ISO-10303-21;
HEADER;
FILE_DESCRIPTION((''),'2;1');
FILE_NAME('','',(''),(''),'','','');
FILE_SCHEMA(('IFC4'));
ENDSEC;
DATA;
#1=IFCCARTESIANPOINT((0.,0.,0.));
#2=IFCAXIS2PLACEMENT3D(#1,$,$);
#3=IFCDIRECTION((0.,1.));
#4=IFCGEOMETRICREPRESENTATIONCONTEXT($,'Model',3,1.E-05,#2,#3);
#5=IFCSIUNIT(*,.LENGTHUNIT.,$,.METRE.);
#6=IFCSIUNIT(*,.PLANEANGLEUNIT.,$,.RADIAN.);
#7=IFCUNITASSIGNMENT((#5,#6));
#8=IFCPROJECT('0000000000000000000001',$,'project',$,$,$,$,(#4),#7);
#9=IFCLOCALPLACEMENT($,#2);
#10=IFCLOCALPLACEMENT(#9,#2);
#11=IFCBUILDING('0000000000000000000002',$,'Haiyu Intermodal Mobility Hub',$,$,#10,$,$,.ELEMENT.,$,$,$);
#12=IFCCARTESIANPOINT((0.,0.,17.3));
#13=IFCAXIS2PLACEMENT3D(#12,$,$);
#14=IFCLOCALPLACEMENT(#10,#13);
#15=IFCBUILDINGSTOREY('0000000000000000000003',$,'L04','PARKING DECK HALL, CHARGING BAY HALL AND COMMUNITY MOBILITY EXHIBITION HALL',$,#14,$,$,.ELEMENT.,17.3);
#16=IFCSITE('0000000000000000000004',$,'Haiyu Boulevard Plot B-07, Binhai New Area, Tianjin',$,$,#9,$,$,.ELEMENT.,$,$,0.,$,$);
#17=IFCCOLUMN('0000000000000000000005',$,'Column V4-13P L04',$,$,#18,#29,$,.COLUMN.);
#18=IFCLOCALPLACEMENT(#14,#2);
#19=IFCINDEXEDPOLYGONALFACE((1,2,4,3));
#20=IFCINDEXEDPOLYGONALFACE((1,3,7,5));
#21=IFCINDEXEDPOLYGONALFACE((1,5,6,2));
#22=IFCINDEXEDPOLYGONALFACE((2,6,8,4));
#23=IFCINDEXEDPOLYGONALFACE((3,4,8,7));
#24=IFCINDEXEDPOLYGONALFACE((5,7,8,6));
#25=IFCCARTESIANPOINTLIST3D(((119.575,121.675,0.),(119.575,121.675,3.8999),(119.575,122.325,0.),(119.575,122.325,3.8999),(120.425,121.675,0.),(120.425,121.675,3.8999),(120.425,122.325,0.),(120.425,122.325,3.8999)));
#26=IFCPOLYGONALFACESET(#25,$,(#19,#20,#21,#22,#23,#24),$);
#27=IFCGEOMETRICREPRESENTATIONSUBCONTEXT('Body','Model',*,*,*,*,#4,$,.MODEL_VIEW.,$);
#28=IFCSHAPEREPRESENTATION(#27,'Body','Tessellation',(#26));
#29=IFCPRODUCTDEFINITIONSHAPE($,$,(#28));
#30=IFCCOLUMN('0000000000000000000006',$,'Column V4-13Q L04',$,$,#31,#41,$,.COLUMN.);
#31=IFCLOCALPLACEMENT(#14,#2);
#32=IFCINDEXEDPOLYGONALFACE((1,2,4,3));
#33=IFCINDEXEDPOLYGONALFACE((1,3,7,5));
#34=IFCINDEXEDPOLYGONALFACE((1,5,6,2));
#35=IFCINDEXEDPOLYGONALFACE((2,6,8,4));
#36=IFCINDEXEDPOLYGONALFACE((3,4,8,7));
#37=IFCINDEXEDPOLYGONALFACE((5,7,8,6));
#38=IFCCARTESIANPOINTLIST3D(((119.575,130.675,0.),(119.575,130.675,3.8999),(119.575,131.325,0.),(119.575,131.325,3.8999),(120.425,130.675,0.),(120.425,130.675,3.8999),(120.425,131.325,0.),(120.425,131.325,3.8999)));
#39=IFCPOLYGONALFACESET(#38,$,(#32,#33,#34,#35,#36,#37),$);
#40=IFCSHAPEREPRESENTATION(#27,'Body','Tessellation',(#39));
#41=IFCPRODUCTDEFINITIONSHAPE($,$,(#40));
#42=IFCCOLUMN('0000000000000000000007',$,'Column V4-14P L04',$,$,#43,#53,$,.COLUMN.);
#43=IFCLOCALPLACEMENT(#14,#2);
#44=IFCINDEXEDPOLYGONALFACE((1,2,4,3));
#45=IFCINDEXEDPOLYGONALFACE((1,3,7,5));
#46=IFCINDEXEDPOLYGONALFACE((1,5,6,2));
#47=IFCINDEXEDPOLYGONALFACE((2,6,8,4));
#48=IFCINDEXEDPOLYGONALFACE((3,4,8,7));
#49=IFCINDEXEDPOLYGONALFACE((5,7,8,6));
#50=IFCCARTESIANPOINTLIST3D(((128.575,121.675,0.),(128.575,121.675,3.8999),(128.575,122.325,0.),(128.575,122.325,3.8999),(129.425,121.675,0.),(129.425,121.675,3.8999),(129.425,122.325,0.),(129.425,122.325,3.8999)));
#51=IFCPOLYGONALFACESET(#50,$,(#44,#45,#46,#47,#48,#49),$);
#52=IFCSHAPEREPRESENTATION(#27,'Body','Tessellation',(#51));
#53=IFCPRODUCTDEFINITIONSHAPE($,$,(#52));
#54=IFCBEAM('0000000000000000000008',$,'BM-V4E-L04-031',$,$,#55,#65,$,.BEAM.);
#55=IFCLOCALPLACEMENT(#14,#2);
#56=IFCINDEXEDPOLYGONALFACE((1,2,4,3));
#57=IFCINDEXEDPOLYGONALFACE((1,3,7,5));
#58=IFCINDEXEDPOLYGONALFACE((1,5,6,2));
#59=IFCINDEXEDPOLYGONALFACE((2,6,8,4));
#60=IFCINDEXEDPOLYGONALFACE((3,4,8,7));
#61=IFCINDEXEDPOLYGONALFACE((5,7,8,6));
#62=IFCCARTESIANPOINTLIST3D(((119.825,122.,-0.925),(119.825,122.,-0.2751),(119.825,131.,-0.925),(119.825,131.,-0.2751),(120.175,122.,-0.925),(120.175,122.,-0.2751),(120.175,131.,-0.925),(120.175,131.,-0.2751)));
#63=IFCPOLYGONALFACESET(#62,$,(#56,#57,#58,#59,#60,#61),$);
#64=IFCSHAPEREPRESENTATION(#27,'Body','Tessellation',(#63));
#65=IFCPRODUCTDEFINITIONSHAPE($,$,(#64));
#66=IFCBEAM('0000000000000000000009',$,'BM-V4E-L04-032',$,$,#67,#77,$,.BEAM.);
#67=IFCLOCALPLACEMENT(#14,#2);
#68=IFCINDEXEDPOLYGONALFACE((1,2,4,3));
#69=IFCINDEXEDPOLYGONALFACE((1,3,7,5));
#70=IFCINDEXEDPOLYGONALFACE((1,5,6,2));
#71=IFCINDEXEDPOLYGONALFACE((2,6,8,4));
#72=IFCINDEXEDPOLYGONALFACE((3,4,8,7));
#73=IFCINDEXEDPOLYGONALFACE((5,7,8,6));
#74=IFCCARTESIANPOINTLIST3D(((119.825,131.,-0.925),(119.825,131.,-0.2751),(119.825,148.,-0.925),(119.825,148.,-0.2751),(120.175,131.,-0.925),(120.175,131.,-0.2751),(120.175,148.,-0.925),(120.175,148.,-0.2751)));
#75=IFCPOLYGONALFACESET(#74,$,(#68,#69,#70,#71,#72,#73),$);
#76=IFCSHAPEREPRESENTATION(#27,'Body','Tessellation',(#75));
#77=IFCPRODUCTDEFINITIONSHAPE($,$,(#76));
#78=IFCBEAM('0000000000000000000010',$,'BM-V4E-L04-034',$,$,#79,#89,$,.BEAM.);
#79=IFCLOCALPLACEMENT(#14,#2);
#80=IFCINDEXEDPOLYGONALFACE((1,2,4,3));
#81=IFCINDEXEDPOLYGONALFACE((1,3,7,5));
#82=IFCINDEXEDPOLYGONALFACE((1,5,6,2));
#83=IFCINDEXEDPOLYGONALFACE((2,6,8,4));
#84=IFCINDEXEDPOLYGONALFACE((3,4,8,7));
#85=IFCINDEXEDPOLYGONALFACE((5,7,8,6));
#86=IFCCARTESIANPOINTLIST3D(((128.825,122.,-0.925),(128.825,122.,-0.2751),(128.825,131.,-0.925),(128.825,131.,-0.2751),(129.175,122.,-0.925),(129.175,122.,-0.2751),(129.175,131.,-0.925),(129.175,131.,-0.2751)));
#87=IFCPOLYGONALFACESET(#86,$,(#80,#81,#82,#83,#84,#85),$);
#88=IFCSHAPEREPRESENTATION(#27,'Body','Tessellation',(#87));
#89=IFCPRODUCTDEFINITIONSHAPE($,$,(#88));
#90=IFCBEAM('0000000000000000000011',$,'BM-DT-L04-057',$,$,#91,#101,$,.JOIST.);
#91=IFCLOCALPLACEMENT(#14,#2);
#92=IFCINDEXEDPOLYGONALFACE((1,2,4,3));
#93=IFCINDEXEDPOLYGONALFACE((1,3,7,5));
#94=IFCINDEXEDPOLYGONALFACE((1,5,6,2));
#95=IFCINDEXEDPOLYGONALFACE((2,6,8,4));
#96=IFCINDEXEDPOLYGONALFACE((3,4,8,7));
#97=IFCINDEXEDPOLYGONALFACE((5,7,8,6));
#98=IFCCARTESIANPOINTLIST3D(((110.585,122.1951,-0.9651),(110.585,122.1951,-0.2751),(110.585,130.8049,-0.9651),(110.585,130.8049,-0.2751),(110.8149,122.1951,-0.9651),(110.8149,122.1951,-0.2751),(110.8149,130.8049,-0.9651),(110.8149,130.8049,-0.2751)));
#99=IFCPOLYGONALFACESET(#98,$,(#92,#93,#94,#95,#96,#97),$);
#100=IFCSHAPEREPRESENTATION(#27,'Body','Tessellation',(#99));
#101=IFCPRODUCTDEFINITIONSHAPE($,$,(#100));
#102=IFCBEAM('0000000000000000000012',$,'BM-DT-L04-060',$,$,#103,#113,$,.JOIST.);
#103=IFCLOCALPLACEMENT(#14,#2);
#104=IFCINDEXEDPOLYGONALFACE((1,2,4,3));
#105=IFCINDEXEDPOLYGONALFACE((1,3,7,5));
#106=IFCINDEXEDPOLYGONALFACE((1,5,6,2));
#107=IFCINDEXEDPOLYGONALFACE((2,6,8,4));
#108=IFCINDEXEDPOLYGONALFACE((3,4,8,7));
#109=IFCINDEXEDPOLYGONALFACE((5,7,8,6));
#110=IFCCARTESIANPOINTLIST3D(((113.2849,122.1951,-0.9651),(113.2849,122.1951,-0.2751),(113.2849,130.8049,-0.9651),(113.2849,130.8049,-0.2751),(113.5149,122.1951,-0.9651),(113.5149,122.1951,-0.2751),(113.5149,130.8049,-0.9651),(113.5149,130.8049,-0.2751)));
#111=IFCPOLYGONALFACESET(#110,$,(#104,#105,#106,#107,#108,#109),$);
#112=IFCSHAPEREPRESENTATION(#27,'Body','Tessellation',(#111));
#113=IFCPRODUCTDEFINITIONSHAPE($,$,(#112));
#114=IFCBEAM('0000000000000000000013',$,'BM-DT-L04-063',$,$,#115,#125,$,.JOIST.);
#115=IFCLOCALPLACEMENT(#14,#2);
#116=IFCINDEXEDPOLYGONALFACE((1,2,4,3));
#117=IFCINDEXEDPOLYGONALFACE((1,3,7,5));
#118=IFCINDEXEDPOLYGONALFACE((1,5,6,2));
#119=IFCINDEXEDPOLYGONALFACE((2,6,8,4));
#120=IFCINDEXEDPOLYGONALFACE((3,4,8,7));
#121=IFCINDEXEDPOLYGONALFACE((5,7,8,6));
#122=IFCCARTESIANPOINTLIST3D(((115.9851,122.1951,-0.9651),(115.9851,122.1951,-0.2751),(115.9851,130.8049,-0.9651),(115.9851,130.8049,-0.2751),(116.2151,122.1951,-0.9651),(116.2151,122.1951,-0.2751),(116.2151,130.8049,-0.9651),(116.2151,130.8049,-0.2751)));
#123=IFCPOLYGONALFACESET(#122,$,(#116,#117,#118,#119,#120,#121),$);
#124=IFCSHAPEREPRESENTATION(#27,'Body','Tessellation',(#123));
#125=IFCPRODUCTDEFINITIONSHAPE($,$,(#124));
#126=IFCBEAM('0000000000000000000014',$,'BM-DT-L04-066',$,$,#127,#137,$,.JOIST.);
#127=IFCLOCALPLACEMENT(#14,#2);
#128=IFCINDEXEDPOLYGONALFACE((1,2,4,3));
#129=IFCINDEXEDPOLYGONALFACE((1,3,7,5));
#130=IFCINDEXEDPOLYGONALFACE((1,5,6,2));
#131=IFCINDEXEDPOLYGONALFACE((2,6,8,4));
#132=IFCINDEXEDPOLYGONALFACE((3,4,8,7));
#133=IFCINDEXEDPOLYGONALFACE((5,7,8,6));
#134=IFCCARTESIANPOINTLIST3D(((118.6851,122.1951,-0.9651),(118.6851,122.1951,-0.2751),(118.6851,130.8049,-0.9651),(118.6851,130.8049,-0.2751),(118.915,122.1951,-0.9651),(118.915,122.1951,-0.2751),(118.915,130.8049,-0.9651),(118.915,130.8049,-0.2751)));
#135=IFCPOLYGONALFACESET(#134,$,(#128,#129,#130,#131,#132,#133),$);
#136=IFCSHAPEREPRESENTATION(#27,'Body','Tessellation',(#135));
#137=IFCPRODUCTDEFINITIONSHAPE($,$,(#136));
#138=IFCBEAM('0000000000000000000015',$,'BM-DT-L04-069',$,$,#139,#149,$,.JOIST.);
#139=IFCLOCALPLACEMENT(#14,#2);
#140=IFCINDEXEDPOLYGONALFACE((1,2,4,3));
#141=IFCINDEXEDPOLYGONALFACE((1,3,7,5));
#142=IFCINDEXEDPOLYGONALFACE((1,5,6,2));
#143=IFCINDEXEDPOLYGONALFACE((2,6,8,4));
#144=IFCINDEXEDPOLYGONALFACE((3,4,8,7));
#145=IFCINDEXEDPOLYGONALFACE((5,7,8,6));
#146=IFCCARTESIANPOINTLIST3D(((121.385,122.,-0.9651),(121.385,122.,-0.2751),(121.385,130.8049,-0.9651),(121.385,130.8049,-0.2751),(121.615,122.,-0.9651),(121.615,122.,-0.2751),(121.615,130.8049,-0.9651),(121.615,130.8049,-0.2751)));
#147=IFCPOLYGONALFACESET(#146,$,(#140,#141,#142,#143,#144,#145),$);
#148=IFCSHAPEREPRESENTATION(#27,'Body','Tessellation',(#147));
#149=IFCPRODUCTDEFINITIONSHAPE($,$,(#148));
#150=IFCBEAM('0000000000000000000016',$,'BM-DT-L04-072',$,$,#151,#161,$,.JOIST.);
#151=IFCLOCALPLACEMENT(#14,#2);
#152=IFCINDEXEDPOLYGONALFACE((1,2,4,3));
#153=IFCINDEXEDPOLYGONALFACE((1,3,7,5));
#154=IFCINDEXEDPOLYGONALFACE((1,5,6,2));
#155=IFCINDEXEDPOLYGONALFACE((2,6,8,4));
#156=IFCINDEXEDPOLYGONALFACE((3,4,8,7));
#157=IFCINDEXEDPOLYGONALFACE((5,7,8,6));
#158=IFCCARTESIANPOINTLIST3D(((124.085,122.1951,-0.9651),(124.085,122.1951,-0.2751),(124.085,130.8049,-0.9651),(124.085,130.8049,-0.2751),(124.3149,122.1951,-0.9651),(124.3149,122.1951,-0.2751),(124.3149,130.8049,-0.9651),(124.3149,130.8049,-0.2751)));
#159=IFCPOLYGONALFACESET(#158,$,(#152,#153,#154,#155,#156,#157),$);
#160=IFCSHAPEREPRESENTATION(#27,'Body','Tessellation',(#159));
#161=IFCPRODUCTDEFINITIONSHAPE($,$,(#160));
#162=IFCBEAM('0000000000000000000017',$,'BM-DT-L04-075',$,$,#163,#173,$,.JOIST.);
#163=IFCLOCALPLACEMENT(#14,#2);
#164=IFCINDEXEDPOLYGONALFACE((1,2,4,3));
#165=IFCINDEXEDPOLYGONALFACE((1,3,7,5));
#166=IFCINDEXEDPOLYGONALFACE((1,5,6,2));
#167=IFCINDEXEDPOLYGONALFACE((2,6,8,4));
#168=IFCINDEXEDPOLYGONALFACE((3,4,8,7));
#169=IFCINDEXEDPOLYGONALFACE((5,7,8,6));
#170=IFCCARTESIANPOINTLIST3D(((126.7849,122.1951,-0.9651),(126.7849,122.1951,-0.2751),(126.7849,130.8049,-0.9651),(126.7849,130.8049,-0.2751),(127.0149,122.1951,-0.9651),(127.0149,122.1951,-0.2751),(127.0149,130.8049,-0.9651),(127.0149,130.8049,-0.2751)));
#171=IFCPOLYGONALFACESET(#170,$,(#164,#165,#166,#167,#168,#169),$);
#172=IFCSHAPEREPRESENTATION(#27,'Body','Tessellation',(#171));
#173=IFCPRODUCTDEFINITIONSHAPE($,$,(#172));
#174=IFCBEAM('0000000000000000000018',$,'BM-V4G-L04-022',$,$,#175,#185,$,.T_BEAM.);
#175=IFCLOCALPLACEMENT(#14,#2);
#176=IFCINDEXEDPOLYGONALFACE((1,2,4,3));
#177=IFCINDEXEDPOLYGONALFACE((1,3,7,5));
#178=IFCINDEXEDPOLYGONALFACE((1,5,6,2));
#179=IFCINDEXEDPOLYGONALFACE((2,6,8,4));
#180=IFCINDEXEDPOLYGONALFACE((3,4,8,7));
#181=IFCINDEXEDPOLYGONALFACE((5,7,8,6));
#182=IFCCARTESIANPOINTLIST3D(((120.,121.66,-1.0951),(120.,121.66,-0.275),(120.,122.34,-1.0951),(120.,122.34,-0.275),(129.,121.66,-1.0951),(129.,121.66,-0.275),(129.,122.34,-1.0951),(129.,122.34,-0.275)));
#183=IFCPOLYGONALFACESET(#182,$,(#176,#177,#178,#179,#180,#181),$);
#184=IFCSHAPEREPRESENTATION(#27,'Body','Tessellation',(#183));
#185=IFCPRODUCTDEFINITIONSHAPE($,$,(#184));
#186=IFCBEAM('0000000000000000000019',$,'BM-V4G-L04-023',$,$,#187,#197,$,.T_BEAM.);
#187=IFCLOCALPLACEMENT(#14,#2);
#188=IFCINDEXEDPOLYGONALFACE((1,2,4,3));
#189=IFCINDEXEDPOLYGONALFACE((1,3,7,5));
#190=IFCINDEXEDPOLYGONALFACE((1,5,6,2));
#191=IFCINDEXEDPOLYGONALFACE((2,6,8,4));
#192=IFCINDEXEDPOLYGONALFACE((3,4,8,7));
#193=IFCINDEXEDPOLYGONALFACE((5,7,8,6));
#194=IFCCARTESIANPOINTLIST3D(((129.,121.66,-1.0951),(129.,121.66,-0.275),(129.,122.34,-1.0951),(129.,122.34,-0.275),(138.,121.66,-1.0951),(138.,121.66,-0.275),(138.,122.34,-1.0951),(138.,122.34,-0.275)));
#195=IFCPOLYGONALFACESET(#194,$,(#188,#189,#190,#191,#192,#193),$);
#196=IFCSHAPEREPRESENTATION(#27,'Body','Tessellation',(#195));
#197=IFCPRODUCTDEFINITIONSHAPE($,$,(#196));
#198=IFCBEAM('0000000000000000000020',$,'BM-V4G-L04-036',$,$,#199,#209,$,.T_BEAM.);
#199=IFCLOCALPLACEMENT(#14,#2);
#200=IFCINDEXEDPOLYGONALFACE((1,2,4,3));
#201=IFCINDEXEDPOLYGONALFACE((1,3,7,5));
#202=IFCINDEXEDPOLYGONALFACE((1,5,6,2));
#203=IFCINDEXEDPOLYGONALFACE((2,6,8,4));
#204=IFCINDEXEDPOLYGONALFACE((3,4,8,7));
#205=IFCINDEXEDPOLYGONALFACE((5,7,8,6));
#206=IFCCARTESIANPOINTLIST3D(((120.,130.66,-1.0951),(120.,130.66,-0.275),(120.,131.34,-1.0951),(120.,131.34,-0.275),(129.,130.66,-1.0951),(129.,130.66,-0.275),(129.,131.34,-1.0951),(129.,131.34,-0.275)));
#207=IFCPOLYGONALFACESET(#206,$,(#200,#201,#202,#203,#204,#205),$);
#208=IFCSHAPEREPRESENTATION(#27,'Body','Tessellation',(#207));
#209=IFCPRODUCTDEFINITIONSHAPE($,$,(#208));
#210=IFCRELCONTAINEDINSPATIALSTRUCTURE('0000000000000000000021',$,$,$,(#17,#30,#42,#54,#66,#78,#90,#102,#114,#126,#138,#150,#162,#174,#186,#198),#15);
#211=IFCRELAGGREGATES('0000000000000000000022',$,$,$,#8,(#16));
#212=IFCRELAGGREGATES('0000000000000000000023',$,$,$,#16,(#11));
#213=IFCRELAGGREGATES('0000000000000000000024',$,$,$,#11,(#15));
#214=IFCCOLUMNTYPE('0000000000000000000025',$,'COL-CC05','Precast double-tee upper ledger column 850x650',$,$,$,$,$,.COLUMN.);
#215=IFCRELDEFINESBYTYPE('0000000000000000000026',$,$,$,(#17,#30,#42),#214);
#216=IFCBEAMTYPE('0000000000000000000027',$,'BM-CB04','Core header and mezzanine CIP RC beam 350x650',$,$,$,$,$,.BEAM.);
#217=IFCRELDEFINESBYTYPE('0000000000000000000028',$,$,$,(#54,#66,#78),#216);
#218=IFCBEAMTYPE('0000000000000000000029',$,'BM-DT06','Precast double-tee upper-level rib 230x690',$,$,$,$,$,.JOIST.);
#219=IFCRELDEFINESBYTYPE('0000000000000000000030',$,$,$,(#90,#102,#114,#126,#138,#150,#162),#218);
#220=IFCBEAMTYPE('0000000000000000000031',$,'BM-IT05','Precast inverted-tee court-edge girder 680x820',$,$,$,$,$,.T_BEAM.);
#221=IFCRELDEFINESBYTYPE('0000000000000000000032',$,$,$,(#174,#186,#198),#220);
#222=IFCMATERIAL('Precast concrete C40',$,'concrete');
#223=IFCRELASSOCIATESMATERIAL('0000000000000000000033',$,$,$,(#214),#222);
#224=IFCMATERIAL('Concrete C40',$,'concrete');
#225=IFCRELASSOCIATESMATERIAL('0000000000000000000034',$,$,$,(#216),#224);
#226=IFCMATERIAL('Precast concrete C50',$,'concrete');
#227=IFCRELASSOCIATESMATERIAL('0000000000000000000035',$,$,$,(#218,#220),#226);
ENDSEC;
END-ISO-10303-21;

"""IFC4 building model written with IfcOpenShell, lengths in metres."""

from ifc_helpers import new_model, si_unit, direction, frame, origin, origin_2d, place, context, subcontext, project, spatial, rectangle, extrude, material, material_profile, profile_set, type_object, element, save


model = new_model("IFC4")

# Units and contexts
model_context = context("Model", 3, precision=1e-05, world=origin(), true_north=direction((0.0, 1.0)))
body_context = subcontext(model_context, "Body", "Model", "MODEL_VIEW")
ifc_project = project(units=[si_unit("LENGTHUNIT", "METRE"), si_unit("PLANEANGLEUNIT", "RADIAN")], contexts=[model_context])

# Site, building, storey
site_placement = place(None, origin())
site = spatial("IfcSite", under=ifc_project, at=site_placement, Name="Haiyu Boulevard Plot B-07, Binhai New Area, Tianjin", CompositionType="ELEMENT", RefElevation=0.0)
building_placement = place(site_placement, origin())
building = spatial("IfcBuilding", under=site, at=building_placement, Name="Haiyu Intermodal Mobility Hub", CompositionType="ELEMENT")
storey_placement = place(building_placement, frame((0.0, 0.0, 17.3)))
storey = spatial("IfcBuildingStorey", under=building, at=storey_placement, Name="L04", Description="PARKING DECK HALL, CHARGING BAY HALL AND COMMUNITY MOBILITY EXHIBITION HALL", CompositionType="ELEMENT", Elevation=17.3)

# Columns
ifc_material_1 = material(Name="Precast concrete C40", Category="concrete")
ifc_material_profile_1 = material_profile(ifc_material_1, rectangle(XDim=0.8501, YDim=0.6499, at=origin_2d()), Name="RC850x650")
ifc_profile_set_1 = profile_set([ifc_material_profile_1], Name="Precast concrete C40")
column_type = type_object("IfcColumnType", Name="COL-CC05", Description="Precast double-tee upper ledger column 850x650", PredefinedType="COLUMN", material=ifc_profile_set_1)
for number, where, z_axis, x_axis, name in (
    (1, (120.0, 122.0, 0.0), (0.0, 0.0, 1.0), (1.0, 0.0, 0.0), "Column V4-13P L04"),
    (2, (120.0, 131.0, 0.0), (0.0, 0.0, 1.0), (1.0, 0.0, 0.0), "Column V4-13Q L04"),
    (3, (129.0, 122.0, 0.0), (0.0, 0.0, 1.0), (1.0, 0.0, 0.0), "Column V4-14P L04"),
):
    element("IfcColumn", number, at=place(storey_placement, frame(where, z_axis=z_axis, x_axis=x_axis)), inside=storey, type_object=column_type, Name=name, PredefinedType="COLUMN", context=body_context, shape_type="SweptSolid", body=[
        extrude(rectangle(XDim=0.8501, YDim=0.6499, at=origin_2d()), origin(), (0.0, 0.0, 1.0), 3.8999),
    ])

# Beams
ifc_material_2 = material(Name="Concrete C40", Category="concrete")
ifc_material_profile_2 = material_profile(ifc_material_2, rectangle(XDim=0.3501, YDim=0.6499, at=origin_2d()), Name="RCB350x650")
ifc_profile_set_2 = profile_set([ifc_material_profile_2], Name="Concrete C40")
beam_type_1 = type_object("IfcBeamType", Name="BM-CB04", Description="Core header and mezzanine CIP RC beam 350x650", PredefinedType="BEAM", material=ifc_profile_set_2)
beam_1_placement = place(storey_placement, frame((120.0, 122.0, -0.6001), z_axis=(0.0, 1.0, 0.0), x_axis=(-1.0, 0.0, 0.0)))
element("IfcBeam", 4, at=beam_1_placement, inside=storey, type_object=beam_type_1, Name="BM-V4E-L04-031", PredefinedType="BEAM", context=body_context, shape_type="SweptSolid", body=[
    extrude(rectangle(XDim=0.3501, YDim=0.6499, at=origin_2d()), origin(), (0.0, 0.0, 1.0), 9.0),
])
beam_2_placement = place(storey_placement, frame((120.0, 131.0, -0.6001), z_axis=(0.0, 1.0, 0.0), x_axis=(-1.0, 0.0, 0.0)))
element("IfcBeam", 5, at=beam_2_placement, inside=storey, type_object=beam_type_1, Name="BM-V4E-L04-032", PredefinedType="BEAM", context=body_context, shape_type="SweptSolid", body=[
    extrude(rectangle(XDim=0.3501, YDim=0.6499, at=origin_2d()), origin(), (0.0, 0.0, 1.0), 17.0),
])
beam_3_placement = place(storey_placement, frame((129.0, 122.0, -0.6001), z_axis=(0.0, 1.0, 0.0), x_axis=(-1.0, 0.0, 0.0)))
element("IfcBeam", 6, at=beam_3_placement, inside=storey, type_object=beam_type_1, Name="BM-V4E-L04-034", PredefinedType="BEAM", context=body_context, shape_type="SweptSolid", body=[
    extrude(rectangle(XDim=0.3501, YDim=0.6499, at=origin_2d()), origin(), (0.0, 0.0, 1.0), 9.0),
])
ifc_material_3 = material(Name="Precast concrete C50", Category="concrete")
ifc_material_profile_3 = material_profile(ifc_material_3, rectangle(XDim=0.23, YDim=0.6899, at=origin_2d()), Name="B230x690")
ifc_profile_set_3 = profile_set([ifc_material_profile_3], Name="Precast concrete C50")
beam_type_2 = type_object("IfcBeamType", Name="BM-DT06", Description="Precast double-tee upper-level rib 230x690", PredefinedType="JOIST", material=ifc_profile_set_3)
for number, where, z_axis, x_axis, name in (
    (7, (110.7, 122.1951, -0.6201), (0.0, 1.0, 0.0), (-1.0, 0.0, 0.0), "BM-DT-L04-057"),
    (8, (113.3999, 122.1951, -0.6201), (0.0, 1.0, 0.0), (-1.0, 0.0, 0.0), "BM-DT-L04-060"),
    (9, (116.1001, 122.1951, -0.6201), (0.0, 1.0, 0.0), (-1.0, 0.0, 0.0), "BM-DT-L04-063"),
    (10, (118.8, 122.1951, -0.6201), (0.0, 1.0, 0.0), (-1.0, 0.0, 0.0), "BM-DT-L04-066"),
):
    element("IfcBeam", number, at=place(storey_placement, frame(where, z_axis=z_axis, x_axis=x_axis)), inside=storey, type_object=beam_type_2, Name=name, PredefinedType="JOIST", context=body_context, shape_type="SweptSolid", body=[
        extrude(rectangle(XDim=0.23, YDim=0.6899, at=origin_2d()), origin(), (0.0, 0.0, 1.0), 8.6099),
    ])
beam_4_placement = place(storey_placement, frame((121.5, 122.0, -0.6201), z_axis=(0.0, 1.0, 0.0), x_axis=(-1.0, 0.0, 0.0)))
element("IfcBeam", 11, at=beam_4_placement, inside=storey, type_object=beam_type_2, Name="BM-DT-L04-069", PredefinedType="JOIST", context=body_context, shape_type="SweptSolid", body=[
    extrude(rectangle(XDim=0.23, YDim=0.6899, at=origin_2d()), origin(), (0.0, 0.0, 1.0), 8.8049),
])
for number, where, z_axis, x_axis, name in (
    (12, (124.2, 122.1951, -0.6201), (0.0, 1.0, 0.0), (-1.0, 0.0, 0.0), "BM-DT-L04-072"),
    (13, (126.8999, 122.1951, -0.6201), (0.0, 1.0, 0.0), (-1.0, 0.0, 0.0), "BM-DT-L04-075"),
):
    element("IfcBeam", number, at=place(storey_placement, frame(where, z_axis=z_axis, x_axis=x_axis)), inside=storey, type_object=beam_type_2, Name=name, PredefinedType="JOIST", context=body_context, shape_type="SweptSolid", body=[
        extrude(rectangle(XDim=0.23, YDim=0.6899, at=origin_2d()), origin(), (0.0, 0.0, 1.0), 8.6099),
    ])
ifc_material_profile_4 = material_profile(ifc_material_3, rectangle(XDim=0.6799, YDim=0.8201, at=origin_2d()), Name="B680x820")
ifc_profile_set_4 = profile_set([ifc_material_profile_4], Name="Precast concrete C50")
beam_type_3 = type_object("IfcBeamType", Name="BM-IT05", Description="Precast inverted-tee court-edge girder 680x820", PredefinedType="T_BEAM", material=ifc_profile_set_4)
for number, where, z_axis, x_axis, name in (
    (14, (120.0, 122.0, -0.6851), (1.0, 0.0, 0.0), (0.0, 1.0, 0.0), "BM-V4G-L04-022"),
    (15, (129.0, 122.0, -0.6851), (1.0, 0.0, 0.0), (0.0, 1.0, 0.0), "BM-V4G-L04-023"),
    (16, (120.0, 131.0, -0.6851), (1.0, 0.0, 0.0), (0.0, 1.0, 0.0), "BM-V4G-L04-036"),
):
    element("IfcBeam", number, at=place(storey_placement, frame(where, z_axis=z_axis, x_axis=x_axis)), inside=storey, type_object=beam_type_3, Name=name, PredefinedType="T_BEAM", context=body_context, shape_type="SweptSolid", body=[
        extrude(rectangle(XDim=0.6799, YDim=0.8201, at=origin_2d()), origin(), (0.0, 0.0, 1.0), 9.0),
    ])

save(model, "model.ifc")
